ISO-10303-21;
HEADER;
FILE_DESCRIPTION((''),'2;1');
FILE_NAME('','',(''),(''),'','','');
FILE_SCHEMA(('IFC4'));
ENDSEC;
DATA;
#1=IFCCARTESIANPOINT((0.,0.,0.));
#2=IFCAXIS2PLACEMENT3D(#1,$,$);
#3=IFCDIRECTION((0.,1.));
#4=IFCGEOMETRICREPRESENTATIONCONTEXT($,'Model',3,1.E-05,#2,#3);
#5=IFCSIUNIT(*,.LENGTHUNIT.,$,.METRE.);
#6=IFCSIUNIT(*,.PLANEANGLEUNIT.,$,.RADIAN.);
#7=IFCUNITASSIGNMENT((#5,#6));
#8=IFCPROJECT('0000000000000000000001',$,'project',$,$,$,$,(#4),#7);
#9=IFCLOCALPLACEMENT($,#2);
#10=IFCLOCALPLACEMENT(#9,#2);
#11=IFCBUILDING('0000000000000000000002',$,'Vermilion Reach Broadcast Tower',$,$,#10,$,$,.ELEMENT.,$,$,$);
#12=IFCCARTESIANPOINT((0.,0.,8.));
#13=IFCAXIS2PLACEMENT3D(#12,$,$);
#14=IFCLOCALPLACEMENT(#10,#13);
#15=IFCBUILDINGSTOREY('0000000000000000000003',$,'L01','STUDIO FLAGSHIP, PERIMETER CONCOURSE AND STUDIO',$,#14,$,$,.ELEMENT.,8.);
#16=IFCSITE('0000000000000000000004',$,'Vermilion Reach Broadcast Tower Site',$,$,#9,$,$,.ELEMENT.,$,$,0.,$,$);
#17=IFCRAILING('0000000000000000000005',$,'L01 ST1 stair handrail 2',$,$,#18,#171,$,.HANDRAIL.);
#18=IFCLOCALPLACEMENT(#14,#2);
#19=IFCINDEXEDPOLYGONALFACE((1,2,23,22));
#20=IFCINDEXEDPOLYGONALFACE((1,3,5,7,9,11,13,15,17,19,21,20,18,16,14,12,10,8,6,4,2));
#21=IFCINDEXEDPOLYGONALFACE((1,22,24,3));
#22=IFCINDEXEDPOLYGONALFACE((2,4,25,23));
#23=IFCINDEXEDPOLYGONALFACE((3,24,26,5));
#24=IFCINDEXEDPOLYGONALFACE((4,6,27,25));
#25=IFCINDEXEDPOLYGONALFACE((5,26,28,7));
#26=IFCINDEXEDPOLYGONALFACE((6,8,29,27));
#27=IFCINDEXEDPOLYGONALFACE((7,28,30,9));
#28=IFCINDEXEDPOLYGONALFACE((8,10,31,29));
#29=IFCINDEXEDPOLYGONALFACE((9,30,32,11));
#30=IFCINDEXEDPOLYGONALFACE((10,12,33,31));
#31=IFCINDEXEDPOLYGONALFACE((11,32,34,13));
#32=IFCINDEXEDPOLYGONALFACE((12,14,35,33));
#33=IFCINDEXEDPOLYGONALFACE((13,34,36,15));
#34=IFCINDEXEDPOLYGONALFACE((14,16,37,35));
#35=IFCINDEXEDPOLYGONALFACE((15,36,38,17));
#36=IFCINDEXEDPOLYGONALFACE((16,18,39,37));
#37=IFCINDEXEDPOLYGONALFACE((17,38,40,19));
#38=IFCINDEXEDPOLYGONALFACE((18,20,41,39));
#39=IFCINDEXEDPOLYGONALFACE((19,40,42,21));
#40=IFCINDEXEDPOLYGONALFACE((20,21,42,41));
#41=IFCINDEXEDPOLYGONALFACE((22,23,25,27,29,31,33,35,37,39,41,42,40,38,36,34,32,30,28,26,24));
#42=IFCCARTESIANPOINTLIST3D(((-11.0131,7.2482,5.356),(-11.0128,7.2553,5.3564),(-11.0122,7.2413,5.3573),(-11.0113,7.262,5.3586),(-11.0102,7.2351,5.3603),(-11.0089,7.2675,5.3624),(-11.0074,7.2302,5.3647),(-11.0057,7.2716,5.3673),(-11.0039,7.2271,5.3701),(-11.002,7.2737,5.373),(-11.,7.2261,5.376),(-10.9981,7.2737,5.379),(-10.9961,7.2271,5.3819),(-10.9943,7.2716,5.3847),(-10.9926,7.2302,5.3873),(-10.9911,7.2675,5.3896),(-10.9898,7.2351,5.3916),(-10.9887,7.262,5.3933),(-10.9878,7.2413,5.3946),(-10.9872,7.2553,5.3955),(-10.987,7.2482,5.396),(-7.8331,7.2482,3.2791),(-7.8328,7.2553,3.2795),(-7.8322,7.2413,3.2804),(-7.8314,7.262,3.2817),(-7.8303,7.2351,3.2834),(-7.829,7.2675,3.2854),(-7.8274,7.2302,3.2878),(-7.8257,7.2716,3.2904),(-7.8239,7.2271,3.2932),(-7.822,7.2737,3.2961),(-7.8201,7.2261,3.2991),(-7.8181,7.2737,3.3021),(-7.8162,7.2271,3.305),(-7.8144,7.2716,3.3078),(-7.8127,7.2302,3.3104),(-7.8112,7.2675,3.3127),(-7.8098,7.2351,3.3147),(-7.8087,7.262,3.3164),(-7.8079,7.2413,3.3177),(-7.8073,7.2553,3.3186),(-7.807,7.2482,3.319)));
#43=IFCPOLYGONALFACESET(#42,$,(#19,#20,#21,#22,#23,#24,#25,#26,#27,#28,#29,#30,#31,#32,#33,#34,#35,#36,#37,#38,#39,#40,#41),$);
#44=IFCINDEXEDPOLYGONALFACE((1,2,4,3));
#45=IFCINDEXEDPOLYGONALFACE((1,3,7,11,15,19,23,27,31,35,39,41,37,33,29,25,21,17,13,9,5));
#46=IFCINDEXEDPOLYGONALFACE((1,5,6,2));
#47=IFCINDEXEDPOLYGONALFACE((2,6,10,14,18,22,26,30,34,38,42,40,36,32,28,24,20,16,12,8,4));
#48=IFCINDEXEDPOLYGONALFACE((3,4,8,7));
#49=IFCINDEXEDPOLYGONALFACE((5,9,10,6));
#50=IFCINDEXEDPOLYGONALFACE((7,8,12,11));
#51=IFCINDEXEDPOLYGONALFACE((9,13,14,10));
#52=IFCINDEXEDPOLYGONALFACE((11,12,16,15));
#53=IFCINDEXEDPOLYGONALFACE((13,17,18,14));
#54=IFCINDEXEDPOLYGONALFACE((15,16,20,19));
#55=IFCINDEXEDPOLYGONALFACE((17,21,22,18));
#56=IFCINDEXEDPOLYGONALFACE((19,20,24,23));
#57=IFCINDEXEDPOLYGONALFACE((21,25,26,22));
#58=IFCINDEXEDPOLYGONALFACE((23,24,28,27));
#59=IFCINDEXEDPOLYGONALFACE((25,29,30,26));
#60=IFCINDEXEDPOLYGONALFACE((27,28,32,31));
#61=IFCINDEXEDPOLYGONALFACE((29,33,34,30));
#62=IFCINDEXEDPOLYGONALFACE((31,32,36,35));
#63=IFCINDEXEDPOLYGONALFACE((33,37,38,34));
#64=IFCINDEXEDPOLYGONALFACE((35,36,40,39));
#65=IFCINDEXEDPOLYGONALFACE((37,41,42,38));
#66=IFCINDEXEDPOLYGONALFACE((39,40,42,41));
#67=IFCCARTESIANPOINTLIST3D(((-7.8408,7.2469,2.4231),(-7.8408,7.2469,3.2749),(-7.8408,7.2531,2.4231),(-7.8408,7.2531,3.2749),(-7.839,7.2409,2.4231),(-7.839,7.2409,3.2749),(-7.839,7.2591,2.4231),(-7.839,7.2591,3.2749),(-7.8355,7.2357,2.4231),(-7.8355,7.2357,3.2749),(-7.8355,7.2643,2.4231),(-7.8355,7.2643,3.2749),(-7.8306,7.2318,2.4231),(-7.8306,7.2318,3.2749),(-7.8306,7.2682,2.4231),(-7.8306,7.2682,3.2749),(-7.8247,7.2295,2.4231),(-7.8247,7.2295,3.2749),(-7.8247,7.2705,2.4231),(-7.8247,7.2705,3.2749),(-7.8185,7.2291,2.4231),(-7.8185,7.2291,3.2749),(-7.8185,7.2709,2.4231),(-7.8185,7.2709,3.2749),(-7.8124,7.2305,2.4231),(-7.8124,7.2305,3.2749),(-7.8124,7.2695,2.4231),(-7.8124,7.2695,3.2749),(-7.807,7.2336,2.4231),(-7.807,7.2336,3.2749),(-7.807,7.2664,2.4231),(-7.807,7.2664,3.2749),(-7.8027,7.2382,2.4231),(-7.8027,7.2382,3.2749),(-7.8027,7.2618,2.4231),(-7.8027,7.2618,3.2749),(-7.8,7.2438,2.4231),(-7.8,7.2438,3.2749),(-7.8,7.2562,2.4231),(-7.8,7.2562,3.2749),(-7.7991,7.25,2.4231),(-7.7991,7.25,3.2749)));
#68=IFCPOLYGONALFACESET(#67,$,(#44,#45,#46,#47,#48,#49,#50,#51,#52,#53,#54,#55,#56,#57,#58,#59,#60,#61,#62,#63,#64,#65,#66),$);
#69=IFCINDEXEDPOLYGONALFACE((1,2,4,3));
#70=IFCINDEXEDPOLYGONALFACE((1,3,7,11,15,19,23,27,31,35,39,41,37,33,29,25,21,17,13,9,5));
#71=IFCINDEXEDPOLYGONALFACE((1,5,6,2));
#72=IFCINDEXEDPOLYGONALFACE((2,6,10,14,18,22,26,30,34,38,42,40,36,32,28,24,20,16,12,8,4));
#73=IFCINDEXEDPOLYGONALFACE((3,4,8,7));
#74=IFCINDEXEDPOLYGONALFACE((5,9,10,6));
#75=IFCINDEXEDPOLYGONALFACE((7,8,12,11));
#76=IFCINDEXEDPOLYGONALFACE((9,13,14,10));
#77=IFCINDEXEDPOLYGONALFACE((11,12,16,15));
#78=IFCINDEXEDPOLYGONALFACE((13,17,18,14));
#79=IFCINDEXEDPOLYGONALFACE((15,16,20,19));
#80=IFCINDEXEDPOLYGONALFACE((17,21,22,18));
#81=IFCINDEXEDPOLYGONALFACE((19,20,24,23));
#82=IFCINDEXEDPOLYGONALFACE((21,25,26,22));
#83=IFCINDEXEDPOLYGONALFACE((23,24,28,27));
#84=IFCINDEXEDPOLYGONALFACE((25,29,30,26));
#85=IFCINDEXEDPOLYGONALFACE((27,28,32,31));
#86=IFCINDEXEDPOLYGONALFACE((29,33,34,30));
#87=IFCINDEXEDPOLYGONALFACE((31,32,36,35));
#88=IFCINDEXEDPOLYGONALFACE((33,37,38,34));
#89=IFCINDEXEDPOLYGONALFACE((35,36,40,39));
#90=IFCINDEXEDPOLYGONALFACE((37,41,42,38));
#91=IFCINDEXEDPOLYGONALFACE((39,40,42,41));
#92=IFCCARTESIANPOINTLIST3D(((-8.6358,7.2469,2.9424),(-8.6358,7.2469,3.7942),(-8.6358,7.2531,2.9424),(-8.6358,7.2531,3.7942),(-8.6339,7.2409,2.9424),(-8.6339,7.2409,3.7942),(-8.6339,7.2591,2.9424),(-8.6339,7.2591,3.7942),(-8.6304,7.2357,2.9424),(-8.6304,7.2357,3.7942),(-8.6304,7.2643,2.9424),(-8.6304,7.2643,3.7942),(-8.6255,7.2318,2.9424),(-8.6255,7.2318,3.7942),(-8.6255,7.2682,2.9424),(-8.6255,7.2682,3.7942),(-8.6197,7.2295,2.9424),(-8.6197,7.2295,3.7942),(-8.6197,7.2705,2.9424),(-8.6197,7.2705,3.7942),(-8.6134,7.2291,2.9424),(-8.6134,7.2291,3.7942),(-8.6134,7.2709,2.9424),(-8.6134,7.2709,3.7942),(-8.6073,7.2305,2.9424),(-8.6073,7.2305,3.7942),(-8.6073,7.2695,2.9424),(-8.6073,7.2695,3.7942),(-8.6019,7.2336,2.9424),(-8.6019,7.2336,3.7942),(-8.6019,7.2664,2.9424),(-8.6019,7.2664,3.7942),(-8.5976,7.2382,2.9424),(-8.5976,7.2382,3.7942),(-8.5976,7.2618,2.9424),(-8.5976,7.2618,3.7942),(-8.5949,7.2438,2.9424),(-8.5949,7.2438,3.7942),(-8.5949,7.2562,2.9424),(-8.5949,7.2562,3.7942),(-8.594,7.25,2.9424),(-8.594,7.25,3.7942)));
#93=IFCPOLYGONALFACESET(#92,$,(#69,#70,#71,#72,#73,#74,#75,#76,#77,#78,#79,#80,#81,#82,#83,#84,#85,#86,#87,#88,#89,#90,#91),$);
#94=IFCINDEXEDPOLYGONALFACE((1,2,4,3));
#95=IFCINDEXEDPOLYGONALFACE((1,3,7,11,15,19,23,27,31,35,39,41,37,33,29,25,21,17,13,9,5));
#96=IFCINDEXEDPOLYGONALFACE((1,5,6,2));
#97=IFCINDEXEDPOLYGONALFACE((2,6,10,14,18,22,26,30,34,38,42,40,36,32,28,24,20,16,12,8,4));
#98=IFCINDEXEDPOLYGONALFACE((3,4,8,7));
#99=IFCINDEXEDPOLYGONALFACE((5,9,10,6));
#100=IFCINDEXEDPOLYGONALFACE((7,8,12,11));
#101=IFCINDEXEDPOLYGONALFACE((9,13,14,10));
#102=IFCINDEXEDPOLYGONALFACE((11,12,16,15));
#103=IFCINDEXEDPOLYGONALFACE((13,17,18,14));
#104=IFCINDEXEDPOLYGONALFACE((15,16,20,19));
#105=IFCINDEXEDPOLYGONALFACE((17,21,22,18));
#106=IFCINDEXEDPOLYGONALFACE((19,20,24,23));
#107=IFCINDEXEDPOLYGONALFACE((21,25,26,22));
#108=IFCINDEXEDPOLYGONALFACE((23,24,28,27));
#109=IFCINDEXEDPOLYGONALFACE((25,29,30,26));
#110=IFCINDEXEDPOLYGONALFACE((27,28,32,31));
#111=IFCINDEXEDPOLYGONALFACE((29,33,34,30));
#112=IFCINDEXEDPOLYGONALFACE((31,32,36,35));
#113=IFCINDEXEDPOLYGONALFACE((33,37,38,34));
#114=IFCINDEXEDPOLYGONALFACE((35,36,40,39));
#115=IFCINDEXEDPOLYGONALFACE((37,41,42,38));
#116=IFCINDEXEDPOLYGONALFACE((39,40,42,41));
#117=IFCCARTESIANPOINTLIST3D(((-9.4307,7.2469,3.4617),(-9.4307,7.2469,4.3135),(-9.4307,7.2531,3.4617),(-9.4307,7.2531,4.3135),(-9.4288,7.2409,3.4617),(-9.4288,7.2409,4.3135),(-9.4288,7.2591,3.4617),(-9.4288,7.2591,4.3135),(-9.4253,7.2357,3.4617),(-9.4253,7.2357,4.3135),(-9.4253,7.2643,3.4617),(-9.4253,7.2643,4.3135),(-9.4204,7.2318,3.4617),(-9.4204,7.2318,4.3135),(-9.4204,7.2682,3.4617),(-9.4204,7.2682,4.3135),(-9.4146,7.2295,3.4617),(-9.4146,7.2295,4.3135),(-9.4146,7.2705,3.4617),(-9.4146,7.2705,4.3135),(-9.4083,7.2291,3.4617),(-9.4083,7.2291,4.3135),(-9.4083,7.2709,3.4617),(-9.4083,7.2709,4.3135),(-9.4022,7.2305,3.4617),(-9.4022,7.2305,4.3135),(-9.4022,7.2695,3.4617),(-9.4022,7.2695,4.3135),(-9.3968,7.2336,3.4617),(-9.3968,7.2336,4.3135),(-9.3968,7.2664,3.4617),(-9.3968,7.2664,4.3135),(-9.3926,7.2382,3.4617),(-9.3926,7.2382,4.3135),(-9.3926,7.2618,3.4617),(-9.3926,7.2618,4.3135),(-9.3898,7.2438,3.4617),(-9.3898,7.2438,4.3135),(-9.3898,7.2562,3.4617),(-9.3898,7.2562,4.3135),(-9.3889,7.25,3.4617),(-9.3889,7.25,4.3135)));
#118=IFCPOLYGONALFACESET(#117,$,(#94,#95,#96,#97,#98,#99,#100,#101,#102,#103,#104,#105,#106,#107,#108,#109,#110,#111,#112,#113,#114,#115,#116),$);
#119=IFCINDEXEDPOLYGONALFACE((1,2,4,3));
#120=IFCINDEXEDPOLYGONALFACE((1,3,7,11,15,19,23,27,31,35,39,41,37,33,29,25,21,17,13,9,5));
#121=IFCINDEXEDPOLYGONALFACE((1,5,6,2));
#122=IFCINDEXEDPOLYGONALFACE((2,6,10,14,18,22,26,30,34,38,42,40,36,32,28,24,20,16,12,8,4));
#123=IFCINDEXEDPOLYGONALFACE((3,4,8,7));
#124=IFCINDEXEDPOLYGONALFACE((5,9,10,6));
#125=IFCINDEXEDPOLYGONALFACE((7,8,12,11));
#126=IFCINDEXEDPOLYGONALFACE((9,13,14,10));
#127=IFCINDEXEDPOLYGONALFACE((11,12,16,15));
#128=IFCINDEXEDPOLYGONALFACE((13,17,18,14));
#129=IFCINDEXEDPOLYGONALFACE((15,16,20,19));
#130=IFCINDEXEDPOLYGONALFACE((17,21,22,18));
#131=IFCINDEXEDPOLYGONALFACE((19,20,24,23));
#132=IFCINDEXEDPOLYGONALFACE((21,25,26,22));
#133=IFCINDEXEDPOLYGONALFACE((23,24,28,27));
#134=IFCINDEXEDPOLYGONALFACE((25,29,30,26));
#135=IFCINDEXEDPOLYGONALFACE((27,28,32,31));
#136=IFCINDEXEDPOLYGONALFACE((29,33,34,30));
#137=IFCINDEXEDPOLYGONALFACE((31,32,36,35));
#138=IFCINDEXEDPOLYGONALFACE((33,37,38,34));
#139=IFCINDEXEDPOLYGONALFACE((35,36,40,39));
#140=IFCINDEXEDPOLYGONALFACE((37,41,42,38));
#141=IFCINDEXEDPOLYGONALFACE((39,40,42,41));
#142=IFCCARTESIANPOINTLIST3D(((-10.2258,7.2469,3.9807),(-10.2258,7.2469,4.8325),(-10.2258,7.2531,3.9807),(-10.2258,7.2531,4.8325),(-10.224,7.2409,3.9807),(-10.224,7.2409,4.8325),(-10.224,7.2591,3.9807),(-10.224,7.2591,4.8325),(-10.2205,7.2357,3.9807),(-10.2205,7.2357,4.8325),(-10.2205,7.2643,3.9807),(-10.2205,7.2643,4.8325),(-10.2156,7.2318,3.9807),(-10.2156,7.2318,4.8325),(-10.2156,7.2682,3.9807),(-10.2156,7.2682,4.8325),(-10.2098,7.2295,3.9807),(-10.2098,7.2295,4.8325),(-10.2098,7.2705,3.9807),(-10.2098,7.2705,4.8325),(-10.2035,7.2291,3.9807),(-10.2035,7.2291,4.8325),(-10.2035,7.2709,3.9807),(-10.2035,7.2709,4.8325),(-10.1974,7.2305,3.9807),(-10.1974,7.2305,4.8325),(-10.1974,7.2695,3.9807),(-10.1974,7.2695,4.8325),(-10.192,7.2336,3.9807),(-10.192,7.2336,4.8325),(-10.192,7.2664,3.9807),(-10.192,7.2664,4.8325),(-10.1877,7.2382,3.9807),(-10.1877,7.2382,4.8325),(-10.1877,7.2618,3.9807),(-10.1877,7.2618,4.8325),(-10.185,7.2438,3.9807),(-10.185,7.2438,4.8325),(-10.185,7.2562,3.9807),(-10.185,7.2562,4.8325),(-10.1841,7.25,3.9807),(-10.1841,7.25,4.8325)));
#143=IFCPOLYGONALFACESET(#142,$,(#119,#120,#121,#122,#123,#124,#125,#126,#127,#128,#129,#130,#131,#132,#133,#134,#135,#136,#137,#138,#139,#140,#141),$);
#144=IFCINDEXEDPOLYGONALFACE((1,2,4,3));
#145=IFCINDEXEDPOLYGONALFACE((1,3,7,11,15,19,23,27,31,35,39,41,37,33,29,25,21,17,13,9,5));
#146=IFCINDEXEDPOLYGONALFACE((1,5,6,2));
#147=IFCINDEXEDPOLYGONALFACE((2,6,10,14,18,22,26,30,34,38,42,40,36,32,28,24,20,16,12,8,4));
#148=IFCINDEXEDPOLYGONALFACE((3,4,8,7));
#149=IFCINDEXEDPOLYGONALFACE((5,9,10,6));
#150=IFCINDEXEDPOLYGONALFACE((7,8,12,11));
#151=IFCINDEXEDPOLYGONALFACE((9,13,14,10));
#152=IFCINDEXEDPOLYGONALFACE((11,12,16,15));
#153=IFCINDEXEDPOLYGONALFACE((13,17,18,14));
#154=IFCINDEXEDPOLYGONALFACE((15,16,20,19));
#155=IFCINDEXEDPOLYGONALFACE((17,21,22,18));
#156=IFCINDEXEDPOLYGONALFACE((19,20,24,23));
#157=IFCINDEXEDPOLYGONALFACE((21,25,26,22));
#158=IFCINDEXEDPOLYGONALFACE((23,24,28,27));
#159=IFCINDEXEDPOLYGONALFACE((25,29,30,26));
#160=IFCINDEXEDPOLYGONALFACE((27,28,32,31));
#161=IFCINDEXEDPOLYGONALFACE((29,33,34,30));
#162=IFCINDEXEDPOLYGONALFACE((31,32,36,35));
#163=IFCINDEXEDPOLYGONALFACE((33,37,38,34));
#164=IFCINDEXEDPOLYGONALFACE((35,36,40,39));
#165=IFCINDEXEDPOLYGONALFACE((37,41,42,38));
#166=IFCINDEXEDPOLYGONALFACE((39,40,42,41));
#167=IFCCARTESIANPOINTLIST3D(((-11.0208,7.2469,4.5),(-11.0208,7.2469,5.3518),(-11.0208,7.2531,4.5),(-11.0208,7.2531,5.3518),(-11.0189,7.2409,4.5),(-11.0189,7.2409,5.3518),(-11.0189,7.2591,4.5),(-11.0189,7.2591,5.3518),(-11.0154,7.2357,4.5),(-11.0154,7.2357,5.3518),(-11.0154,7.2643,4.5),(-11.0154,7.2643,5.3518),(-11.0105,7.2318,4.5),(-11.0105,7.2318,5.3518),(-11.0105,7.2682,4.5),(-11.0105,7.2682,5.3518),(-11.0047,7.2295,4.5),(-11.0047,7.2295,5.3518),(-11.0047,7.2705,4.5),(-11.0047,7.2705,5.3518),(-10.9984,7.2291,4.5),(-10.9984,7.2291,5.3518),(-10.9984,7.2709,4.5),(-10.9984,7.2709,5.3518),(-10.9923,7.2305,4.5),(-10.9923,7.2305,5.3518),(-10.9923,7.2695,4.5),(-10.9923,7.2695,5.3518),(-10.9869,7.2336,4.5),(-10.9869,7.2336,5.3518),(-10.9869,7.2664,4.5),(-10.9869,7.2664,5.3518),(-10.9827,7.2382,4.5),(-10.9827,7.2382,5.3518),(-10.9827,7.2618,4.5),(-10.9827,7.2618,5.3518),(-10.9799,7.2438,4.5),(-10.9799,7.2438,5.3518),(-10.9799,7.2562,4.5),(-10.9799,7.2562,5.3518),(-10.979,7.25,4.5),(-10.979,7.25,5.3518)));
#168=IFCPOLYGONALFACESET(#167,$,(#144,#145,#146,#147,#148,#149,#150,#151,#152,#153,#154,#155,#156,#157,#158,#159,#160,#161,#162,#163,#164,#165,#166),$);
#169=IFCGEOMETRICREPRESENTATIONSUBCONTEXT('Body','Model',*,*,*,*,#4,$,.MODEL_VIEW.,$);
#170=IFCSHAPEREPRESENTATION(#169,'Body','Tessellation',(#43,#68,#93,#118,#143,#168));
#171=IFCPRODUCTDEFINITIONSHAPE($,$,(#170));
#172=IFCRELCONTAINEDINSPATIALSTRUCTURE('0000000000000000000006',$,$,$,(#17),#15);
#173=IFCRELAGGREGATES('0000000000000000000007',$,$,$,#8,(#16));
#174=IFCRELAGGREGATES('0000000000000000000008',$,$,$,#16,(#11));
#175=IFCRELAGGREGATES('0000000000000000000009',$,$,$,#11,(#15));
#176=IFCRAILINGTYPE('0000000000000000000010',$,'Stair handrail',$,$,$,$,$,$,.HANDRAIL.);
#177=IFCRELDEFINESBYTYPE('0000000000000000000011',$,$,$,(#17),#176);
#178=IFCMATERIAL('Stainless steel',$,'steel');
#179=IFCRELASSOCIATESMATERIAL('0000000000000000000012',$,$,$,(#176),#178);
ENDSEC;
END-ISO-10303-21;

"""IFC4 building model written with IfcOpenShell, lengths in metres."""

from ifc_helpers import new_model, si_unit, direction, frame, origin, origin_2d, place, context, subcontext, project, spatial, circle, extrude, material, type_object, element, save


model = new_model("IFC4")

# Units and contexts
model_context = context("Model", 3, precision=1e-05, world=origin(), true_north=direction((0.0, 1.0)))
body_context = subcontext(model_context, "Body", "Model", "MODEL_VIEW")
ifc_project = project(units=[si_unit("LENGTHUNIT", "METRE"), si_unit("PLANEANGLEUNIT", "RADIAN")], contexts=[model_context])

# Site, building, storey
site_placement = place(None, origin())
site = spatial("IfcSite", under=ifc_project, at=site_placement, Name="Vermilion Reach Broadcast Tower Site", CompositionType="ELEMENT", RefElevation=0.0)
building_placement = place(site_placement, origin())
building = spatial("IfcBuilding", under=site, at=building_placement, Name="Vermilion Reach Broadcast Tower", CompositionType="ELEMENT")
storey_placement = place(building_placement, frame((0.0, 0.0, 8.0)))
storey = spatial("IfcBuildingStorey", under=building, at=storey_placement, Name="L01", Description="STUDIO FLAGSHIP, PERIMETER CONCOURSE AND STUDIO", CompositionType="ELEMENT", Elevation=8.0)

# Railing
ifc_material_1 = material(Name="Stainless steel", Category="steel")
railing_type_1 = type_object("IfcRailingType", Name="Stair handrail", PredefinedType="HANDRAIL", material=ifc_material_1)
for number, where, name in (
    (1, (-7.8201, 7.25, 2.4231), "L01 ST1 stair handrail 2"),
):
    element("IfcRailing", number, at=place(storey_placement, frame(where)), inside=storey, type_object=railing_type_1, Name=name, PredefinedType="HANDRAIL", context=body_context, shape_type="SweptSolid", body=[
        extrude(circle(Radius=0.0239, at=origin_2d()), frame((0.0, 0.0, 0.876), z_axis=(-0.837245, 0.0, 0.546828), x_axis=(0.0, -1.0, 0.0)), (0.0, 0.0, 1.0), 3.7981),
        extrude(circle(Radius=0.021, at=origin_2d()), origin(), (0.0, 0.0, 1.0), 0.8518),
        extrude(circle(Radius=0.021, at=origin_2d()), frame((-0.7949, 0.0, 0.5193)), (0.0, 0.0, 1.0), 0.8518),
        extrude(circle(Radius=0.021, at=origin_2d()), frame((-1.5898, 0.0, 1.0386)), (0.0, 0.0, 1.0), 0.8518),
        extrude(circle(Radius=0.021, at=origin_2d()), frame((-2.385, 0.0, 1.5576)), (0.0, 0.0, 1.0), 0.8518),
        extrude(circle(Radius=0.021, at=origin_2d()), frame((-3.1799, 0.0, 2.0769)), (0.0, 0.0, 1.0), 0.8518),
    ])

save(model, "model.ifc")
